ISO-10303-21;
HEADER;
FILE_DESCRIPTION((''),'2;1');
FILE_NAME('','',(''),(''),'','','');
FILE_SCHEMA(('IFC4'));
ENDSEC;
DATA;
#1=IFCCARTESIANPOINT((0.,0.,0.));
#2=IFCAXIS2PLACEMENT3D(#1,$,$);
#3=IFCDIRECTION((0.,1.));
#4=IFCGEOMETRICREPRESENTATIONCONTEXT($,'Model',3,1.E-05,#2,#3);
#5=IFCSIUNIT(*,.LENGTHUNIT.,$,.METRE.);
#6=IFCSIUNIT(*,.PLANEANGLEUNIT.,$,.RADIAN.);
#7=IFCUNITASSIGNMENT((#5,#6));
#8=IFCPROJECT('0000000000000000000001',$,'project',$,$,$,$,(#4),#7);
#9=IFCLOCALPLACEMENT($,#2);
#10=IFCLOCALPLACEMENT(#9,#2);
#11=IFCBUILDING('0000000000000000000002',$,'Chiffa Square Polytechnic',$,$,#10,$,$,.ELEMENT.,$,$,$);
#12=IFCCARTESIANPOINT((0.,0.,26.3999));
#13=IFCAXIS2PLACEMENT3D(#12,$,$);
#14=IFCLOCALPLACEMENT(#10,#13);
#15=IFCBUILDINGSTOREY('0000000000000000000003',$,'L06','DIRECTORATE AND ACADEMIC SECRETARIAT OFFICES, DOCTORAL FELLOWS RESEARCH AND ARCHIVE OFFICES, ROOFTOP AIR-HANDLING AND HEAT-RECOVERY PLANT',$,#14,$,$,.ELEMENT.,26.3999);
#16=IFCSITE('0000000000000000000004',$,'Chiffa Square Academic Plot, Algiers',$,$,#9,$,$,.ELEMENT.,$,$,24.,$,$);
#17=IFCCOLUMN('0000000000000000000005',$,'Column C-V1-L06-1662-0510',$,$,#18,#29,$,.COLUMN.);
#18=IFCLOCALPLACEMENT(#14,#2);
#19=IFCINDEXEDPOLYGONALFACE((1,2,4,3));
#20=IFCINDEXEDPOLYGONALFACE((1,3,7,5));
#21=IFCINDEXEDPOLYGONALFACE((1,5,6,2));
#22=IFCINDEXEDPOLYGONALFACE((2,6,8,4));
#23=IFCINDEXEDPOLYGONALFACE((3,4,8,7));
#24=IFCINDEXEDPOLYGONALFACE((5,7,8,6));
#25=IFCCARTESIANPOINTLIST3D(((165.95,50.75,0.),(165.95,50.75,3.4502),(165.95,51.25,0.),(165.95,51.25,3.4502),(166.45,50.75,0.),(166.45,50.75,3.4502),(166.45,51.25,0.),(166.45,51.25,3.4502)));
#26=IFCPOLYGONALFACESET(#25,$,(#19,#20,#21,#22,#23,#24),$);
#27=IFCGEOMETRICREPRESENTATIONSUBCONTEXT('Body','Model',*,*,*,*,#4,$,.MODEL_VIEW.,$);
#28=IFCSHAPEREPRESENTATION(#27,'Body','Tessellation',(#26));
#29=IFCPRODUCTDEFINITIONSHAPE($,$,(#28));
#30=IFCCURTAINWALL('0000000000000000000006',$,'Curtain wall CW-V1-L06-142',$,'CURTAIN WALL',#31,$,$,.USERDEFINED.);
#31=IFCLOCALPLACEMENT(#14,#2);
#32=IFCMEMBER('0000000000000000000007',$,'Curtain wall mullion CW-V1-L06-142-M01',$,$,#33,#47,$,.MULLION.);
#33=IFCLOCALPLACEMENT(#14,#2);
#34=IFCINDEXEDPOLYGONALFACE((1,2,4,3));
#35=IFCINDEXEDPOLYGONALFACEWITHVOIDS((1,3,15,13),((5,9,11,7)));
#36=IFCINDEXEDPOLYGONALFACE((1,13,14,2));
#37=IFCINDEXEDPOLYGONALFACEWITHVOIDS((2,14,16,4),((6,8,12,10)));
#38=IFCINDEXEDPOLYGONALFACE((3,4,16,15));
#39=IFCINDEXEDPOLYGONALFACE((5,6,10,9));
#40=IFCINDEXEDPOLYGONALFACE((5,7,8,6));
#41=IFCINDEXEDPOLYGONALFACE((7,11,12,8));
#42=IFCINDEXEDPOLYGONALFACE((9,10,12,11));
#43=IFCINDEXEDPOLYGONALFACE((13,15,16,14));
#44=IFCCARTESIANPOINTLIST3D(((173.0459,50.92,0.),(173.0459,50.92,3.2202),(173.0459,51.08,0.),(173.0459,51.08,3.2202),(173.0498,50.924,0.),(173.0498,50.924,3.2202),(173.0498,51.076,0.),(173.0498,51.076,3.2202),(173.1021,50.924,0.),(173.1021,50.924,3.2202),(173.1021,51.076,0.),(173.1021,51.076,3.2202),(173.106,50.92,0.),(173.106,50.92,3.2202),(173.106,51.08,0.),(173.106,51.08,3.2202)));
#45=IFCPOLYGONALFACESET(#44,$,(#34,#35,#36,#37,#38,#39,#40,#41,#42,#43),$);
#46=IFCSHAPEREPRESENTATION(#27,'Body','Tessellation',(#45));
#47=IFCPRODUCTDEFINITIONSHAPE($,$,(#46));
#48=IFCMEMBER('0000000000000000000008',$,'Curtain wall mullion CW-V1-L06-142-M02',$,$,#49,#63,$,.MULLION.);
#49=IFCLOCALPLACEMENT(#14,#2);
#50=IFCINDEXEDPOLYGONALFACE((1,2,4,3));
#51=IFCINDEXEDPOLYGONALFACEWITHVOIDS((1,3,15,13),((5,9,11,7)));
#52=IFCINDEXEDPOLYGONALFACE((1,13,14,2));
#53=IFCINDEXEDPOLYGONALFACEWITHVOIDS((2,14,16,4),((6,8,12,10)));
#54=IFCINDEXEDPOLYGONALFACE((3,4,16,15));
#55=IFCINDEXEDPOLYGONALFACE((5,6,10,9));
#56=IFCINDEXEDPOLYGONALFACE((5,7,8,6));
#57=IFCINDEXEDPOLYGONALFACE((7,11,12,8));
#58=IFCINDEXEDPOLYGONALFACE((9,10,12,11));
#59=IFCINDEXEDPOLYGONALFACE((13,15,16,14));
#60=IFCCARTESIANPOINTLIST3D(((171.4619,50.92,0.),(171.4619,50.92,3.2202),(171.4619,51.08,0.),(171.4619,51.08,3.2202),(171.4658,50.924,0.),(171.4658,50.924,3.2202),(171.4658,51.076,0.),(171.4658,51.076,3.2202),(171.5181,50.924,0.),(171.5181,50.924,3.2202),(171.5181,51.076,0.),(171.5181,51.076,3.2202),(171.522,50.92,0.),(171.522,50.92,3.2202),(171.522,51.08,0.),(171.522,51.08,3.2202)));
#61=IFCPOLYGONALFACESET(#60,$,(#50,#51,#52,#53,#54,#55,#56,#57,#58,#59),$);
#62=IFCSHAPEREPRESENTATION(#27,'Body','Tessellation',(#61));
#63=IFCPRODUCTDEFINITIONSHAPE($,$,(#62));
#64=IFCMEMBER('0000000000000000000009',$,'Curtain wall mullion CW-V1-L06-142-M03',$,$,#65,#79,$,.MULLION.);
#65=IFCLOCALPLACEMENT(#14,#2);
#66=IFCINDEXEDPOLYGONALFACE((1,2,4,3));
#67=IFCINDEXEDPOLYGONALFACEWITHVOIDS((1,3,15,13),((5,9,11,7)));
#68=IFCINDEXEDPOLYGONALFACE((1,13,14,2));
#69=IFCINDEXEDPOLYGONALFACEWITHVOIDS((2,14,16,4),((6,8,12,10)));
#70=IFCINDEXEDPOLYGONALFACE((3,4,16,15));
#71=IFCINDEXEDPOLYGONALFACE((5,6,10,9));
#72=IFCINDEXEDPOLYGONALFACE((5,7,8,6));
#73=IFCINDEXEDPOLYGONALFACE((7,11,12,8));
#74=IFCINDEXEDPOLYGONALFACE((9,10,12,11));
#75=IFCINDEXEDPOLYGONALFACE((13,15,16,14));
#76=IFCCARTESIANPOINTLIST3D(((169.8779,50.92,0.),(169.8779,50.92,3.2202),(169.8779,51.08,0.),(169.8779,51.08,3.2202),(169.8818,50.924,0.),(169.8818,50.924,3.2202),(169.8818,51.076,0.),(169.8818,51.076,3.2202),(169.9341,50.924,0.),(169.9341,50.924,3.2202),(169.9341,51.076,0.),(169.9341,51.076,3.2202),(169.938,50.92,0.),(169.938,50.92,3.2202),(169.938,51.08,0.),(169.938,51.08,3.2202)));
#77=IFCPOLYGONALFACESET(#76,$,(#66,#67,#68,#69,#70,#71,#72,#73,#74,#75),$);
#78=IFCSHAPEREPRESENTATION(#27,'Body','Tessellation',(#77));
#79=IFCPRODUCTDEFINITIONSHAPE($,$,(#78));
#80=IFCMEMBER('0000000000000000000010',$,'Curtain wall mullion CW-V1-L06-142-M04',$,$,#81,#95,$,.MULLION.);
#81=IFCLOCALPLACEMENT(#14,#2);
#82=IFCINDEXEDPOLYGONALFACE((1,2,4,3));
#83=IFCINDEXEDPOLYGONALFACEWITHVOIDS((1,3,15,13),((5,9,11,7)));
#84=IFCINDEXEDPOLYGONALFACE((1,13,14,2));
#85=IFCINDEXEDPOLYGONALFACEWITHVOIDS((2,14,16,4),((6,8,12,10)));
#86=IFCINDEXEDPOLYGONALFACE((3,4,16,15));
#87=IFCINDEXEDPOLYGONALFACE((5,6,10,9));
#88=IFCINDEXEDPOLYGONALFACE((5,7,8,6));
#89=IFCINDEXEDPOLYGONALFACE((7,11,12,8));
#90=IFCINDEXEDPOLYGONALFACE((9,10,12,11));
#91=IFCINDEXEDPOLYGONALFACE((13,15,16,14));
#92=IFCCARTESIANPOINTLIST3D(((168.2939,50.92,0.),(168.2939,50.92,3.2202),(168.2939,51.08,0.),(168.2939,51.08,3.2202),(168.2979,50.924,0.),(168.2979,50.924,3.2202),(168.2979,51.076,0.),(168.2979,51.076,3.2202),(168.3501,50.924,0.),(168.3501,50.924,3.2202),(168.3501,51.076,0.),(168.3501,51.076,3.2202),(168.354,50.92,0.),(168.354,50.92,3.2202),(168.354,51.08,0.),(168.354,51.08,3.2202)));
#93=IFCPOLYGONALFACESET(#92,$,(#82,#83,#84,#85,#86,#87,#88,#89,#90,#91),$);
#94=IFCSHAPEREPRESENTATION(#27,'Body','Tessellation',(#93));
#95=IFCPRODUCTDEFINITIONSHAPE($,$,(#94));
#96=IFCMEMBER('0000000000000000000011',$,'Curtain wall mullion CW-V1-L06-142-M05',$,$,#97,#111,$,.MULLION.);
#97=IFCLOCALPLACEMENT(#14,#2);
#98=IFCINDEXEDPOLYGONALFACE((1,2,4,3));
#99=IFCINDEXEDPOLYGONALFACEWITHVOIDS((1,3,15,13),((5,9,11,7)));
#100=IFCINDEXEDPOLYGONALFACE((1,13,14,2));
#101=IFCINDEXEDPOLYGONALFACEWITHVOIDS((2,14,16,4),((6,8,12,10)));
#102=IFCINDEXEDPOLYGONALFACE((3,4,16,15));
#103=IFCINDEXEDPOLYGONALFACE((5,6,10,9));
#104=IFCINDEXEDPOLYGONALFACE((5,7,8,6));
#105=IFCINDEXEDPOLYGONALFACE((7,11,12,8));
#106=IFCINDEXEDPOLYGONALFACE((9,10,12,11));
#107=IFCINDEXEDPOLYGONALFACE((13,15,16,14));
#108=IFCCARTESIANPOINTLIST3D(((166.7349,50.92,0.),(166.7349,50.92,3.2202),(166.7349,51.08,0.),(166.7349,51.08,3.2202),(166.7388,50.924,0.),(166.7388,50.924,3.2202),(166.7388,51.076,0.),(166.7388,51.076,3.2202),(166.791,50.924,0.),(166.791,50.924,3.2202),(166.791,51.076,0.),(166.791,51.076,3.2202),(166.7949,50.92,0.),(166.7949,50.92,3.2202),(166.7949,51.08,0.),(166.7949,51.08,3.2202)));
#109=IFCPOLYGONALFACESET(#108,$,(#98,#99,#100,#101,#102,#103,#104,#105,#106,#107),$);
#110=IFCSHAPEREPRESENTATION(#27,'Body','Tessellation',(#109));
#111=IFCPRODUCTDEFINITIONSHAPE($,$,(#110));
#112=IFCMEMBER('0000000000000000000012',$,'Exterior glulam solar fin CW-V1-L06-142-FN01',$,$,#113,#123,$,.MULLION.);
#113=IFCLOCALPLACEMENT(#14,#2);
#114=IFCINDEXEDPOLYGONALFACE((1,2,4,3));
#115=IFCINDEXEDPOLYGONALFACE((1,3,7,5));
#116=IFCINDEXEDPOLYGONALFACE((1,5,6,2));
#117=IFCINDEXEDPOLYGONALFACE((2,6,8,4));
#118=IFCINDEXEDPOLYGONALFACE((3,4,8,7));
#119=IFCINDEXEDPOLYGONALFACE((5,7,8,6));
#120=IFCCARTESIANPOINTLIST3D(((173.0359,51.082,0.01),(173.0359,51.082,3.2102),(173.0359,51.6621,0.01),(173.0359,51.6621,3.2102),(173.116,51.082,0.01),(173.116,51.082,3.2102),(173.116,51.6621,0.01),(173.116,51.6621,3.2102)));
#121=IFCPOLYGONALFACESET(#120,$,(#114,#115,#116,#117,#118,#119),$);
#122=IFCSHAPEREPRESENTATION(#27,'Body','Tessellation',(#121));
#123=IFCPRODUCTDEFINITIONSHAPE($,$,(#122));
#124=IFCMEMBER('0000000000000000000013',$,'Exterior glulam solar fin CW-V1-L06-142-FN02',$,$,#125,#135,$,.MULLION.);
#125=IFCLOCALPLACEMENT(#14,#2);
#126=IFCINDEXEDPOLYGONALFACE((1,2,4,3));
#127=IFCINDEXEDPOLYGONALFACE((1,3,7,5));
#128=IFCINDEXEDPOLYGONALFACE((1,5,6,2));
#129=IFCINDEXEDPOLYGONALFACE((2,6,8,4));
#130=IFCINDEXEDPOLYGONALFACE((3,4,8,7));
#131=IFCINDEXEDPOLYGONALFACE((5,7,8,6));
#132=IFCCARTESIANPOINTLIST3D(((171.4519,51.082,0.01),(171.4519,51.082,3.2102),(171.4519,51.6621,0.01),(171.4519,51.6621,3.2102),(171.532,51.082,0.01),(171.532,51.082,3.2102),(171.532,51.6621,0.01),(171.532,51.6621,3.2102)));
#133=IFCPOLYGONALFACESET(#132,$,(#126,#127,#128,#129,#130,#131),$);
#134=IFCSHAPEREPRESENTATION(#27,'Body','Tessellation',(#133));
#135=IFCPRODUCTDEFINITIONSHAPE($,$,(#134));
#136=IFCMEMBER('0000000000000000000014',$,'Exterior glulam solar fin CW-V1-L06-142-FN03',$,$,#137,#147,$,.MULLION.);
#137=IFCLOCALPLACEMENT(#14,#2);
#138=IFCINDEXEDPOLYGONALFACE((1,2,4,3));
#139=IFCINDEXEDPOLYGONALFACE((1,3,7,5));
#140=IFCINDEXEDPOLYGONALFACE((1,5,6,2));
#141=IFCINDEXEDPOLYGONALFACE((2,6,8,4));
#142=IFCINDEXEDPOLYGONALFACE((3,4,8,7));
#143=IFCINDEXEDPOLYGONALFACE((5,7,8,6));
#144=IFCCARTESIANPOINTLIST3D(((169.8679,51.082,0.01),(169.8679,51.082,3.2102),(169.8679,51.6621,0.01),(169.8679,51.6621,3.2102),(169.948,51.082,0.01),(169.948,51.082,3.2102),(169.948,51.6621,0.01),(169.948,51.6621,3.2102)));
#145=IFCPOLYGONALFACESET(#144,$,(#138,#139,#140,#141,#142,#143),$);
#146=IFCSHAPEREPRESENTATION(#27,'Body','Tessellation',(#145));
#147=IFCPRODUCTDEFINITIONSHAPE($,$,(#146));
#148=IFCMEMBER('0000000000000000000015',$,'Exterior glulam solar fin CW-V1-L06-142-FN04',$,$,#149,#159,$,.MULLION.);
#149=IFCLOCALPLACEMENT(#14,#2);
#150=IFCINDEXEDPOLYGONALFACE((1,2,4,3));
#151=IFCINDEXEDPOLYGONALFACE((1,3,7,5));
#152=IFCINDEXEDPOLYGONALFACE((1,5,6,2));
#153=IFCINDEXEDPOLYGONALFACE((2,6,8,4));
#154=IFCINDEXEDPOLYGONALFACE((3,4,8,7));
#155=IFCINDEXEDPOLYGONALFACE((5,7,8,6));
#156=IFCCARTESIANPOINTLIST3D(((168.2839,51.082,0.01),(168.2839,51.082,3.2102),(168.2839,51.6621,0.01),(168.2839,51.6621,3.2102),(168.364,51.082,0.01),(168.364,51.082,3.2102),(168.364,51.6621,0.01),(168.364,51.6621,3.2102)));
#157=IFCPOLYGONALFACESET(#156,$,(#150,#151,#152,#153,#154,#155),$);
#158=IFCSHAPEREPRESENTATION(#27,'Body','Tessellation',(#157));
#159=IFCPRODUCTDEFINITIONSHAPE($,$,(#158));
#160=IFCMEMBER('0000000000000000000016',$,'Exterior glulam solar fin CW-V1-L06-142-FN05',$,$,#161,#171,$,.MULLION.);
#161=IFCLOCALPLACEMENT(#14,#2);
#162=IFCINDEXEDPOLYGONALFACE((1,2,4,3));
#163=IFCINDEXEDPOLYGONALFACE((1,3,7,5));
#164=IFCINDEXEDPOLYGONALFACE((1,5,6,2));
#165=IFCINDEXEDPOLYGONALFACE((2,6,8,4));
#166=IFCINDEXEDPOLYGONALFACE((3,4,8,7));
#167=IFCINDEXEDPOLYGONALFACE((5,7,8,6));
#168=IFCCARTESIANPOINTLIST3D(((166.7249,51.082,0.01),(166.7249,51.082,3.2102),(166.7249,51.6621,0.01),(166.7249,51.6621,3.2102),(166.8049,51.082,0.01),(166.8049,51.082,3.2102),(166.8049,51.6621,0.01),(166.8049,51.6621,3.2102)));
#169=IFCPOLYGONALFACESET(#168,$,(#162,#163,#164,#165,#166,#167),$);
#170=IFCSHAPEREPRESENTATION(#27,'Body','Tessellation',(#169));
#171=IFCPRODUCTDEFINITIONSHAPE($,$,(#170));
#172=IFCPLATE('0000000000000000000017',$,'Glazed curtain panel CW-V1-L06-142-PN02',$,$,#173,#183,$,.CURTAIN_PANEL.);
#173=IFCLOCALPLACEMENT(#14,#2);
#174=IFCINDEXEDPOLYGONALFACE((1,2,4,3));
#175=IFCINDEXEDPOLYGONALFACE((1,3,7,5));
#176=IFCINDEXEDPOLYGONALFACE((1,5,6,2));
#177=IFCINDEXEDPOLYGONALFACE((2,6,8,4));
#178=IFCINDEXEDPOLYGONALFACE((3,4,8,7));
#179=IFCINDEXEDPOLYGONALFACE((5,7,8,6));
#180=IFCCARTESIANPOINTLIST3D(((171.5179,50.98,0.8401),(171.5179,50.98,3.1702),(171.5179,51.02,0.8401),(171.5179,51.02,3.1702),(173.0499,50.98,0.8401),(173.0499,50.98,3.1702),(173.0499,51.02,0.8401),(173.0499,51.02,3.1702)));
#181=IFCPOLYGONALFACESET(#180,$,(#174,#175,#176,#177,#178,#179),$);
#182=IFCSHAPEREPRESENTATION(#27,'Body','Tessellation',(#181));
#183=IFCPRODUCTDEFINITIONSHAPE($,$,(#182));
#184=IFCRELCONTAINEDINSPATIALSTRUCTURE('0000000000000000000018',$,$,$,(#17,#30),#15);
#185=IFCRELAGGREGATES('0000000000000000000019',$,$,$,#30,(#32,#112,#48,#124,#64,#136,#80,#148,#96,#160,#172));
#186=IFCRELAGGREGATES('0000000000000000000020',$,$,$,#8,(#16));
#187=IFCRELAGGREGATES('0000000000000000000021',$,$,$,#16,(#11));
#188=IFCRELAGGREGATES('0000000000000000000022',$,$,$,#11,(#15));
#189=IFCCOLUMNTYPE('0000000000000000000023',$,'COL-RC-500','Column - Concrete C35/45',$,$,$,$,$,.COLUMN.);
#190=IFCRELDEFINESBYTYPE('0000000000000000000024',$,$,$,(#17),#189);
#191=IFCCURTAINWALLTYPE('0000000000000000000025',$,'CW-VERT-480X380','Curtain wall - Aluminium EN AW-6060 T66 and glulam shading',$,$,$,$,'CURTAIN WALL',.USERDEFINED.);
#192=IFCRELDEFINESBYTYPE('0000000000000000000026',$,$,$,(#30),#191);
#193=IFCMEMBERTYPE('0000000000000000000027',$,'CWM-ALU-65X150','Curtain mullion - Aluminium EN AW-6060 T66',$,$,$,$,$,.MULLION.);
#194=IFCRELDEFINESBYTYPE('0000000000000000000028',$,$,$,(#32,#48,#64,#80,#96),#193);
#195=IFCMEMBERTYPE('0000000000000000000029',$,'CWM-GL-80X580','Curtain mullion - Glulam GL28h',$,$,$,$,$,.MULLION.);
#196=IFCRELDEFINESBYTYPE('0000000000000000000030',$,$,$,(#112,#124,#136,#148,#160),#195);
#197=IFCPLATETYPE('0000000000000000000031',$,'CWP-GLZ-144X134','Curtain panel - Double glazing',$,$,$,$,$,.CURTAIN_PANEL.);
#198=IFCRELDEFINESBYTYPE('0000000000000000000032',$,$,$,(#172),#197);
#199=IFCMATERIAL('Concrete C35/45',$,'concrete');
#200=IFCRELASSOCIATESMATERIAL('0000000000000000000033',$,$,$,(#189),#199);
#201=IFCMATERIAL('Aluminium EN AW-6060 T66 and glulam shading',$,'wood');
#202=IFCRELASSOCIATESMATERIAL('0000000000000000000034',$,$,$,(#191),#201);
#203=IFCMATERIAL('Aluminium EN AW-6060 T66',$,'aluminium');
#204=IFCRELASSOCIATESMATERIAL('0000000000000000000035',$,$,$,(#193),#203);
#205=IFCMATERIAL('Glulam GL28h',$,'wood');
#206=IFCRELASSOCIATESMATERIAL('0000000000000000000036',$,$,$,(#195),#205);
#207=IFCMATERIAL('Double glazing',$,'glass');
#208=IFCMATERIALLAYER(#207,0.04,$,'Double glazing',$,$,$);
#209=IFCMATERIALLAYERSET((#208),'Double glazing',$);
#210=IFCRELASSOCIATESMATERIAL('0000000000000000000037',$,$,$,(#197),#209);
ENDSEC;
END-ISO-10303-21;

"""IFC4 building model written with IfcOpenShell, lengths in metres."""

from ifc_helpers import new_model, si_unit, direction, frame, origin, origin_2d, place, context, subcontext, project, spatial, rectangle, hollow_rectangle, extrude, material, layer, layer_set, material_profile, profile_set, type_object, element, aggregate, save


model = new_model("IFC4")

# Units and contexts
model_context = context("Model", 3, precision=1e-05, world=origin(), true_north=direction((0.0, 1.0)))
body_context = subcontext(model_context, "Body", "Model", "MODEL_VIEW")
ifc_project = project(units=[si_unit("LENGTHUNIT", "METRE"), si_unit("PLANEANGLEUNIT", "RADIAN")], contexts=[model_context])

# Site, building, storey
site_placement = place(None, origin())
site = spatial("IfcSite", under=ifc_project, at=site_placement, Name="Chiffa Square Academic Plot, Algiers", CompositionType="ELEMENT", RefElevation=24.0)
building_placement = place(site_placement, origin())
building = spatial("IfcBuilding", under=site, at=building_placement, Name="Chiffa Square Polytechnic", CompositionType="ELEMENT")
storey_placement = place(building_placement, frame((0.0, 0.0, 26.3999)))
storey = spatial("IfcBuildingStorey", under=building, at=storey_placement, Name="L06", Description="DIRECTORATE AND ACADEMIC SECRETARIAT OFFICES, DOCTORAL FELLOWS RESEARCH AND ARCHIVE OFFICES, ROOFTOP AIR-HANDLING AND HEAT-RECOVERY PLANT", CompositionType="ELEMENT", Elevation=26.3999)

# Column
ifc_material_1 = material(Name="Concrete C35/45", Category="concrete")
ifc_material_profile_1 = material_profile(ifc_material_1, rectangle(XDim=0.5, YDim=0.5, at=origin_2d()), Name="RC 500x500")
ifc_profile_set_1 = profile_set([ifc_material_profile_1], Name="Concrete C35/45")
column_type = type_object("IfcColumnType", Name="COL-RC-500", Description="Column - Concrete C35/45", PredefinedType="COLUMN", material=ifc_profile_set_1)
column_placement = place(storey_placement, frame((166.2, 51.0, 0.0), z_axis=(0.0, 0.0, 1.0), x_axis=(1.0, 0.0, 0.0)))
element("IfcColumn", 1, at=column_placement, inside=storey, type_object=column_type, Name="Column C-V1-L06-1662-0510", PredefinedType="COLUMN", context=body_context, shape_type="SweptSolid", body=[
    extrude(rectangle(XDim=0.5, YDim=0.5, at=origin_2d()), origin(), (0.0, 0.0, 1.0), 3.4502),
])

# Curtain wall, members, plate
ifc_material_2 = material(Name="Aluminium EN AW-6060 T66 and glulam shading", Category="wood")
curtain_wall_type = type_object("IfcCurtainWallType", Name="CW-VERT-480X380", Description="Curtain wall - Aluminium EN AW-6060 T66 and glulam shading", ElementType="CURTAIN WALL", PredefinedType="USERDEFINED", material=ifc_material_2)
curtain_wall_placement = place(storey_placement, origin())
curtain_wall = element("IfcCurtainWall", 2, at=curtain_wall_placement, inside=storey, type_object=curtain_wall_type, Name="Curtain wall CW-V1-L06-142", ObjectType="CURTAIN WALL", PredefinedType="USERDEFINED")
ifc_material_3 = material(Name="Aluminium EN AW-6060 T66", Category="aluminium")
ifc_material_profile_2 = material_profile(ifc_material_3, hollow_rectangle(XDim=0.0601, YDim=0.1599, WallThickness=0.0039, at=origin_2d()), Name="ALU 60x160x4")
ifc_profile_set_2 = profile_set([ifc_material_profile_2], Name="Aluminium EN AW-6060 T66")
member_type_1 = type_object("IfcMemberType", Name="CWM-ALU-65X150", Description="Curtain mullion - Aluminium EN AW-6060 T66", PredefinedType="MULLION", material=ifc_profile_set_2)
member_1_placement = place(storey_placement, frame((173.0759, 51.0, 0.0), z_axis=(0.0, 0.0, 1.0), x_axis=(1.0, 0.0, 0.0)))
member_1 = element("IfcMember", 3, at=member_1_placement, type_object=member_type_1, Name="Curtain wall mullion CW-V1-L06-142-M01", PredefinedType="MULLION", context=body_context, shape_type="SweptSolid", body=[
    extrude(hollow_rectangle(XDim=0.0601, YDim=0.1599, WallThickness=0.0039, at=origin_2d()), origin(), (0.0, 0.0, 1.0), 3.2202),
])
member_2_placement = place(storey_placement, frame((171.4919, 51.0, 0.0), z_axis=(0.0, 0.0, 1.0), x_axis=(1.0, 0.0, 0.0)))
member_2 = element("IfcMember", 4, at=member_2_placement, type_object=member_type_1, Name="Curtain wall mullion CW-V1-L06-142-M02", PredefinedType="MULLION", context=body_context, shape_type="SweptSolid", body=[
    extrude(hollow_rectangle(XDim=0.0601, YDim=0.1599, WallThickness=0.0039, at=origin_2d()), origin(), (0.0, 0.0, 1.0), 3.2202),
])
member_3_placement = place(storey_placement, frame((169.908, 51.0, 0.0), z_axis=(0.0, 0.0, 1.0), x_axis=(1.0, 0.0, 0.0)))
member_3 = element("IfcMember", 5, at=member_3_placement, type_object=member_type_1, Name="Curtain wall mullion CW-V1-L06-142-M03", PredefinedType="MULLION", context=body_context, shape_type="SweptSolid", body=[
    extrude(hollow_rectangle(XDim=0.0601, YDim=0.1599, WallThickness=0.0039, at=origin_2d()), origin(), (0.0, 0.0, 1.0), 3.2202),
])
member_4_placement = place(storey_placement, frame((168.324, 51.0, 0.0), z_axis=(0.0, 0.0, 1.0), x_axis=(1.0, 0.0, 0.0)))
member_4 = element("IfcMember", 6, at=member_4_placement, type_object=member_type_1, Name="Curtain wall mullion CW-V1-L06-142-M04", PredefinedType="MULLION", context=body_context, shape_type="SweptSolid", body=[
    extrude(hollow_rectangle(XDim=0.0601, YDim=0.1599, WallThickness=0.0039, at=origin_2d()), origin(), (0.0, 0.0, 1.0), 3.2202),
])
member_5_placement = place(storey_placement, frame((166.7649, 51.0, 0.0), z_axis=(0.0, 0.0, 1.0), x_axis=(1.0, 0.0, 0.0)))
member_5 = element("IfcMember", 7, at=member_5_placement, type_object=member_type_1, Name="Curtain wall mullion CW-V1-L06-142-M05", PredefinedType="MULLION", context=body_context, shape_type="SweptSolid", body=[
    extrude(hollow_rectangle(XDim=0.0601, YDim=0.1599, WallThickness=0.0039, at=origin_2d()), origin(), (0.0, 0.0, 1.0), 3.2202),
])
ifc_material_4 = material(Name="Glulam GL28h", Category="wood")
ifc_material_profile_3 = material_profile(ifc_material_4, rectangle(XDim=0.0801, YDim=0.5801, at=origin_2d()), Name="GL28h 80x580")
ifc_profile_set_3 = profile_set([ifc_material_profile_3], Name="Glulam GL28h")
member_type_2 = type_object("IfcMemberType", Name="CWM-GL-80X580", Description="Curtain mullion - Glulam GL28h", PredefinedType="MULLION", material=ifc_profile_set_3)
member_6_placement = place(storey_placement, frame((173.0759, 51.3721, 0.01), z_axis=(0.0, 0.0, 1.0), x_axis=(-1.0, 0.0, 0.0)))
member_6 = element("IfcMember", 8, at=member_6_placement, type_object=member_type_2, Name="Exterior glulam solar fin CW-V1-L06-142-FN01", PredefinedType="MULLION", context=body_context, shape_type="SweptSolid", body=[
    extrude(rectangle(XDim=0.0801, YDim=0.5801, at=origin_2d()), origin(), (0.0, 0.0, 1.0), 3.2002),
])
member_7_placement = place(storey_placement, frame((171.4919, 51.3721, 0.01), z_axis=(0.0, 0.0, 1.0), x_axis=(-1.0, 0.0, 0.0)))
member_7 = element("IfcMember", 9, at=member_7_placement, type_object=member_type_2, Name="Exterior glulam solar fin CW-V1-L06-142-FN02", PredefinedType="MULLION", context=body_context, shape_type="SweptSolid", body=[
    extrude(rectangle(XDim=0.0801, YDim=0.5801, at=origin_2d()), origin(), (0.0, 0.0, 1.0), 3.2002),
])
member_8_placement = place(storey_placement, frame((169.908, 51.3721, 0.01), z_axis=(0.0, 0.0, 1.0), x_axis=(-1.0, 0.0, 0.0)))
member_8 = element("IfcMember", 10, at=member_8_placement, type_object=member_type_2, Name="Exterior glulam solar fin CW-V1-L06-142-FN03", PredefinedType="MULLION", context=body_context, shape_type="SweptSolid", body=[
    extrude(rectangle(XDim=0.0801, YDim=0.5801, at=origin_2d()), origin(), (0.0, 0.0, 1.0), 3.2002),
])
member_9_placement = place(storey_placement, frame((168.324, 51.3721, 0.01), z_axis=(0.0, 0.0, 1.0), x_axis=(-1.0, 0.0, 0.0)))
member_9 = element("IfcMember", 11, at=member_9_placement, type_object=member_type_2, Name="Exterior glulam solar fin CW-V1-L06-142-FN04", PredefinedType="MULLION", context=body_context, shape_type="SweptSolid", body=[
    extrude(rectangle(XDim=0.0801, YDim=0.5801, at=origin_2d()), origin(), (0.0, 0.0, 1.0), 3.2002),
])
member_10_placement = place(storey_placement, frame((166.7649, 51.3721, 0.01), z_axis=(0.0, 0.0, 1.0), x_axis=(-1.0, 0.0, 0.0)))
member_10 = element("IfcMember", 12, at=member_10_placement, type_object=member_type_2, Name="Exterior glulam solar fin CW-V1-L06-142-FN05", PredefinedType="MULLION", context=body_context, shape_type="SweptSolid", body=[
    extrude(rectangle(XDim=0.0801, YDim=0.5801, at=origin_2d()), origin(), (0.0, 0.0, 1.0), 3.2002),
])
ifc_material_5 = material(Name="Double glazing", Category="glass")
ifc_layer_1 = layer(ifc_material_5, 0.04, Name="Double glazing")
ifc_layer_set_1 = layer_set([ifc_layer_1], Name="Double glazing")
plate_type_1 = type_object("IfcPlateType", Name="CWP-GLZ-144X134", Description="Curtain panel - Double glazing", PredefinedType="CURTAIN_PANEL", material=ifc_layer_set_1)
plate_1_placement = place(storey_placement, frame((172.2839, 51.0, 0.8401), z_axis=(0.0, 0.0, 1.0), x_axis=(-1.0, 0.0, 0.0)))
plate_1 = element("IfcPlate", 13, at=plate_1_placement, type_object=plate_type_1, Name="Glazed curtain panel CW-V1-L06-142-PN02", PredefinedType="CURTAIN_PANEL", context=body_context, shape_type="SweptSolid", body=[
    extrude(rectangle(XDim=1.532, YDim=0.04, at=origin_2d()), origin(), (0.0, 0.0, 1.0), 2.3301),
])
aggregate(curtain_wall, [member_1, member_6, member_2, member_7, member_3, member_8, member_4, member_9, member_5, member_10, plate_1])

save(model, "model.ifc")
